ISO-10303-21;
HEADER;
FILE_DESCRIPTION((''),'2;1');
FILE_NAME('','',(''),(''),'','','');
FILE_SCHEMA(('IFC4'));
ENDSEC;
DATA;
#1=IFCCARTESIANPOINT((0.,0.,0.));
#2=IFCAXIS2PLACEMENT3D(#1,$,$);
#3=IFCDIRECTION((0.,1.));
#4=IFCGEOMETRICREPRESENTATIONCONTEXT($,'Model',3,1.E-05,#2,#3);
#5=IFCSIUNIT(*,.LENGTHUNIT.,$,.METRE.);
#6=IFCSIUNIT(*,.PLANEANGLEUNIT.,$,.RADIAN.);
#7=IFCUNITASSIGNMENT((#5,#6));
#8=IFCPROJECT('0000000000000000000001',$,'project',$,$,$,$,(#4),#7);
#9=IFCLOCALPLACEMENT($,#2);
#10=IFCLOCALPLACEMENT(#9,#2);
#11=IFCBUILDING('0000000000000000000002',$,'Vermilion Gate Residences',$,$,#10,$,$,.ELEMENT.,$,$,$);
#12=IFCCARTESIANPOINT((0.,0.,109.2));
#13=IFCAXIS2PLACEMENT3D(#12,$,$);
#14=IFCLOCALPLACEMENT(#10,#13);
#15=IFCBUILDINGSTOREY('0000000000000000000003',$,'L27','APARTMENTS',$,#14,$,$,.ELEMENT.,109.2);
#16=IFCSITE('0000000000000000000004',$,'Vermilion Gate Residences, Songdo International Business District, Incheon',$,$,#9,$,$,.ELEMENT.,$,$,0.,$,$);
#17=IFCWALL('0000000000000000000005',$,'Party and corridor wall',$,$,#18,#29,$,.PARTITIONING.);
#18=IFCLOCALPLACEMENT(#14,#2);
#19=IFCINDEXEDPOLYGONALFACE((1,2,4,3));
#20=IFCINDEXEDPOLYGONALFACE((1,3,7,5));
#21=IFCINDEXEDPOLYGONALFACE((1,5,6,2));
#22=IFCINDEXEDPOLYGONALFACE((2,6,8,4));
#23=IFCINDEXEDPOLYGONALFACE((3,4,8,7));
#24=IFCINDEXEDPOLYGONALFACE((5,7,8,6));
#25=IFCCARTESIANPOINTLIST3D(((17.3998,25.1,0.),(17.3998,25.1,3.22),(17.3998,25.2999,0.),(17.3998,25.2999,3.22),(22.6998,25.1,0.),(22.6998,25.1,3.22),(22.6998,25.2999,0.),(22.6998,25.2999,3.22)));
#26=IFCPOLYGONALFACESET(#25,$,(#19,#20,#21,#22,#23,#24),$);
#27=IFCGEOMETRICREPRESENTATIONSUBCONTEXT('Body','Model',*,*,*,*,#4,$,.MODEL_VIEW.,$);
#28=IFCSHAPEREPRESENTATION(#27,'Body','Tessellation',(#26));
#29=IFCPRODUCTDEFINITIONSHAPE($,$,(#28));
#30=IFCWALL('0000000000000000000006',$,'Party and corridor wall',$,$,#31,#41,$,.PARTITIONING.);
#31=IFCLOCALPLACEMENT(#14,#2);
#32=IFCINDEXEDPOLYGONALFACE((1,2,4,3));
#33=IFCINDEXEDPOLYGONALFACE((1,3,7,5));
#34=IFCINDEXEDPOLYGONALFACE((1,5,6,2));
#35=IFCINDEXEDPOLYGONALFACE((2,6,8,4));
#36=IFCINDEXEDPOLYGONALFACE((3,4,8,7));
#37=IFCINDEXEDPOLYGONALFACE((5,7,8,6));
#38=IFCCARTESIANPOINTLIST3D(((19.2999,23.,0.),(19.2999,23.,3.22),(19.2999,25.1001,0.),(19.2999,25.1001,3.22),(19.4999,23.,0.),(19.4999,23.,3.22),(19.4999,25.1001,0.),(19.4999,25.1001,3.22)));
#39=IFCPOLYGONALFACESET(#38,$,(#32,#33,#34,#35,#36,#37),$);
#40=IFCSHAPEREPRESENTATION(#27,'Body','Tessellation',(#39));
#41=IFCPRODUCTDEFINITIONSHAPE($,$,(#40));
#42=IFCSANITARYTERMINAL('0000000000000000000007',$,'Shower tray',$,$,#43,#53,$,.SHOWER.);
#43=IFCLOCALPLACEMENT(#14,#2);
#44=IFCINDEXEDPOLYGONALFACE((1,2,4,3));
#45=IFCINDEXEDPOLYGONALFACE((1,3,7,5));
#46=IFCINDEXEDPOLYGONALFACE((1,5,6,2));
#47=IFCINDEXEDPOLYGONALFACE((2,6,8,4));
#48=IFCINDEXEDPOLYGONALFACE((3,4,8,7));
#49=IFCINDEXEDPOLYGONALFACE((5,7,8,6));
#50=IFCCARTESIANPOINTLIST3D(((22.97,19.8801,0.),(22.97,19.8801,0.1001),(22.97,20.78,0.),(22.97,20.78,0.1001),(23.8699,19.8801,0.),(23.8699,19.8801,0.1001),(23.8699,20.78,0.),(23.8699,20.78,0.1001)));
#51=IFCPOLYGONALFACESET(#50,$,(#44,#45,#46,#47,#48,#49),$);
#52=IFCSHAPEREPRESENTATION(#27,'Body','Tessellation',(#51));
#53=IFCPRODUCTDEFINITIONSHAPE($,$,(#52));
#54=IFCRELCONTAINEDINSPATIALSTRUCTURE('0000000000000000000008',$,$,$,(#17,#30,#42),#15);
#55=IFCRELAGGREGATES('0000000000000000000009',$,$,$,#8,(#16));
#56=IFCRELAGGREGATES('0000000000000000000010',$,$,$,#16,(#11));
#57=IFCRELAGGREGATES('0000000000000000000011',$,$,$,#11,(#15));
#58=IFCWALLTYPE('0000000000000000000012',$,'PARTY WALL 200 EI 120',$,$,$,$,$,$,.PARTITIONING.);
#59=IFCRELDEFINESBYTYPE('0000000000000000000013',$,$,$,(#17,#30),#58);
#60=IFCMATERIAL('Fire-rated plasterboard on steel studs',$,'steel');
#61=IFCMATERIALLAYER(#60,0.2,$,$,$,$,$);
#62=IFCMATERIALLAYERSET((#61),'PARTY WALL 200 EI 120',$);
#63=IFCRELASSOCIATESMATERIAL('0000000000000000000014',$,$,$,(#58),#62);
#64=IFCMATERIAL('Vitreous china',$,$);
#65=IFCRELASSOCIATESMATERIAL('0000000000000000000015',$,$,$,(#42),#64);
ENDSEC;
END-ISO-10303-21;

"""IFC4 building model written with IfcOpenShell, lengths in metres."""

from ifc_helpers import new_model, si_unit, direction, frame, frame_2d, origin, origin_2d, place, context, subcontext, project, spatial, rectangle, extrude, material, layer, layer_set, type_object, element, save


model = new_model("IFC4")

# Units and contexts
model_context = context("Model", 3, precision=1e-05, world=origin(), true_north=direction((0.0, 1.0)))
body_context = subcontext(model_context, "Body", "Model", "MODEL_VIEW")
ifc_project = project(units=[si_unit("LENGTHUNIT", "METRE"), si_unit("PLANEANGLEUNIT", "RADIAN")], contexts=[model_context])

# Site, building, storey
site_placement = place(None, origin())
site = spatial("IfcSite", under=ifc_project, at=site_placement, Name="Vermilion Gate Residences, Songdo International Business District, Incheon", CompositionType="ELEMENT", RefElevation=0.0)
building_placement = place(site_placement, origin())
building = spatial("IfcBuilding", under=site, at=building_placement, Name="Vermilion Gate Residences", CompositionType="ELEMENT")
storey_placement = place(building_placement, frame((0.0, 0.0, 109.2)))
storey = spatial("IfcBuildingStorey", under=building, at=storey_placement, Name="L27", Description="APARTMENTS", CompositionType="ELEMENT", Elevation=109.2)

# Shared definitions
ifc_material_1 = material(Name="Fire-rated plasterboard on steel studs", Category="steel")
ifc_layer_1 = layer(ifc_material_1, 0.2)
ifc_layer_set_1 = layer_set([ifc_layer_1], Name="PARTY WALL 200 EI 120")
wall_type_1 = type_object("IfcWallType", Name="PARTY WALL 200 EI 120", PredefinedType="PARTITIONING", material=ifc_layer_set_1)

# Walls
wall_1_placement = place(storey_placement, frame((17.3999, 25.2, 0.0), z_axis=(0.0, 0.0, 1.0), x_axis=(1.0, 0.0, 0.0)))
element("IfcWall", 1, at=wall_1_placement, inside=storey, type_object=wall_type_1, Name="Party and corridor wall", PredefinedType="PARTITIONING", context=body_context, shape_type="SweptSolid", body=[
    extrude(rectangle(XDim=5.3, YDim=0.2, at=frame_2d((2.6499, 0.0))), origin(), (0.0, 0.0, 1.0), 3.22),
])
wall_2_placement = place(storey_placement, frame((19.3999, 23.0, 0.0), z_axis=(0.0, 0.0, 1.0), x_axis=(0.0, 1.0, 0.0)))
element("IfcWall", 2, at=wall_2_placement, inside=storey, type_object=wall_type_1, Name="Party and corridor wall", PredefinedType="PARTITIONING", context=body_context, shape_type="SweptSolid", body=[
    extrude(rectangle(XDim=2.1001, YDim=0.2, at=frame_2d((1.05, 0.0))), origin(), (0.0, 0.0, 1.0), 3.22),
])

# Sanitary terminal
ifc_material_2 = material(Name="Vitreous china")
sanitary_terminal_placement = place(storey_placement, frame((23.4199, 20.3301, 0.0), z_axis=(0.0, 0.0, 1.0), x_axis=(1.0, 0.0, 0.0)))
element("IfcSanitaryTerminal", 3, at=sanitary_terminal_placement, inside=storey, material=ifc_material_2, Name="Shower tray", PredefinedType="SHOWER", context=body_context, shape_type="SweptSolid", body=[
    extrude(rectangle(XDim=0.8999, YDim=0.8999, at=origin_2d()), origin(), (0.0, 0.0, 1.0), 0.1001),
])

save(model, "model.ifc")
